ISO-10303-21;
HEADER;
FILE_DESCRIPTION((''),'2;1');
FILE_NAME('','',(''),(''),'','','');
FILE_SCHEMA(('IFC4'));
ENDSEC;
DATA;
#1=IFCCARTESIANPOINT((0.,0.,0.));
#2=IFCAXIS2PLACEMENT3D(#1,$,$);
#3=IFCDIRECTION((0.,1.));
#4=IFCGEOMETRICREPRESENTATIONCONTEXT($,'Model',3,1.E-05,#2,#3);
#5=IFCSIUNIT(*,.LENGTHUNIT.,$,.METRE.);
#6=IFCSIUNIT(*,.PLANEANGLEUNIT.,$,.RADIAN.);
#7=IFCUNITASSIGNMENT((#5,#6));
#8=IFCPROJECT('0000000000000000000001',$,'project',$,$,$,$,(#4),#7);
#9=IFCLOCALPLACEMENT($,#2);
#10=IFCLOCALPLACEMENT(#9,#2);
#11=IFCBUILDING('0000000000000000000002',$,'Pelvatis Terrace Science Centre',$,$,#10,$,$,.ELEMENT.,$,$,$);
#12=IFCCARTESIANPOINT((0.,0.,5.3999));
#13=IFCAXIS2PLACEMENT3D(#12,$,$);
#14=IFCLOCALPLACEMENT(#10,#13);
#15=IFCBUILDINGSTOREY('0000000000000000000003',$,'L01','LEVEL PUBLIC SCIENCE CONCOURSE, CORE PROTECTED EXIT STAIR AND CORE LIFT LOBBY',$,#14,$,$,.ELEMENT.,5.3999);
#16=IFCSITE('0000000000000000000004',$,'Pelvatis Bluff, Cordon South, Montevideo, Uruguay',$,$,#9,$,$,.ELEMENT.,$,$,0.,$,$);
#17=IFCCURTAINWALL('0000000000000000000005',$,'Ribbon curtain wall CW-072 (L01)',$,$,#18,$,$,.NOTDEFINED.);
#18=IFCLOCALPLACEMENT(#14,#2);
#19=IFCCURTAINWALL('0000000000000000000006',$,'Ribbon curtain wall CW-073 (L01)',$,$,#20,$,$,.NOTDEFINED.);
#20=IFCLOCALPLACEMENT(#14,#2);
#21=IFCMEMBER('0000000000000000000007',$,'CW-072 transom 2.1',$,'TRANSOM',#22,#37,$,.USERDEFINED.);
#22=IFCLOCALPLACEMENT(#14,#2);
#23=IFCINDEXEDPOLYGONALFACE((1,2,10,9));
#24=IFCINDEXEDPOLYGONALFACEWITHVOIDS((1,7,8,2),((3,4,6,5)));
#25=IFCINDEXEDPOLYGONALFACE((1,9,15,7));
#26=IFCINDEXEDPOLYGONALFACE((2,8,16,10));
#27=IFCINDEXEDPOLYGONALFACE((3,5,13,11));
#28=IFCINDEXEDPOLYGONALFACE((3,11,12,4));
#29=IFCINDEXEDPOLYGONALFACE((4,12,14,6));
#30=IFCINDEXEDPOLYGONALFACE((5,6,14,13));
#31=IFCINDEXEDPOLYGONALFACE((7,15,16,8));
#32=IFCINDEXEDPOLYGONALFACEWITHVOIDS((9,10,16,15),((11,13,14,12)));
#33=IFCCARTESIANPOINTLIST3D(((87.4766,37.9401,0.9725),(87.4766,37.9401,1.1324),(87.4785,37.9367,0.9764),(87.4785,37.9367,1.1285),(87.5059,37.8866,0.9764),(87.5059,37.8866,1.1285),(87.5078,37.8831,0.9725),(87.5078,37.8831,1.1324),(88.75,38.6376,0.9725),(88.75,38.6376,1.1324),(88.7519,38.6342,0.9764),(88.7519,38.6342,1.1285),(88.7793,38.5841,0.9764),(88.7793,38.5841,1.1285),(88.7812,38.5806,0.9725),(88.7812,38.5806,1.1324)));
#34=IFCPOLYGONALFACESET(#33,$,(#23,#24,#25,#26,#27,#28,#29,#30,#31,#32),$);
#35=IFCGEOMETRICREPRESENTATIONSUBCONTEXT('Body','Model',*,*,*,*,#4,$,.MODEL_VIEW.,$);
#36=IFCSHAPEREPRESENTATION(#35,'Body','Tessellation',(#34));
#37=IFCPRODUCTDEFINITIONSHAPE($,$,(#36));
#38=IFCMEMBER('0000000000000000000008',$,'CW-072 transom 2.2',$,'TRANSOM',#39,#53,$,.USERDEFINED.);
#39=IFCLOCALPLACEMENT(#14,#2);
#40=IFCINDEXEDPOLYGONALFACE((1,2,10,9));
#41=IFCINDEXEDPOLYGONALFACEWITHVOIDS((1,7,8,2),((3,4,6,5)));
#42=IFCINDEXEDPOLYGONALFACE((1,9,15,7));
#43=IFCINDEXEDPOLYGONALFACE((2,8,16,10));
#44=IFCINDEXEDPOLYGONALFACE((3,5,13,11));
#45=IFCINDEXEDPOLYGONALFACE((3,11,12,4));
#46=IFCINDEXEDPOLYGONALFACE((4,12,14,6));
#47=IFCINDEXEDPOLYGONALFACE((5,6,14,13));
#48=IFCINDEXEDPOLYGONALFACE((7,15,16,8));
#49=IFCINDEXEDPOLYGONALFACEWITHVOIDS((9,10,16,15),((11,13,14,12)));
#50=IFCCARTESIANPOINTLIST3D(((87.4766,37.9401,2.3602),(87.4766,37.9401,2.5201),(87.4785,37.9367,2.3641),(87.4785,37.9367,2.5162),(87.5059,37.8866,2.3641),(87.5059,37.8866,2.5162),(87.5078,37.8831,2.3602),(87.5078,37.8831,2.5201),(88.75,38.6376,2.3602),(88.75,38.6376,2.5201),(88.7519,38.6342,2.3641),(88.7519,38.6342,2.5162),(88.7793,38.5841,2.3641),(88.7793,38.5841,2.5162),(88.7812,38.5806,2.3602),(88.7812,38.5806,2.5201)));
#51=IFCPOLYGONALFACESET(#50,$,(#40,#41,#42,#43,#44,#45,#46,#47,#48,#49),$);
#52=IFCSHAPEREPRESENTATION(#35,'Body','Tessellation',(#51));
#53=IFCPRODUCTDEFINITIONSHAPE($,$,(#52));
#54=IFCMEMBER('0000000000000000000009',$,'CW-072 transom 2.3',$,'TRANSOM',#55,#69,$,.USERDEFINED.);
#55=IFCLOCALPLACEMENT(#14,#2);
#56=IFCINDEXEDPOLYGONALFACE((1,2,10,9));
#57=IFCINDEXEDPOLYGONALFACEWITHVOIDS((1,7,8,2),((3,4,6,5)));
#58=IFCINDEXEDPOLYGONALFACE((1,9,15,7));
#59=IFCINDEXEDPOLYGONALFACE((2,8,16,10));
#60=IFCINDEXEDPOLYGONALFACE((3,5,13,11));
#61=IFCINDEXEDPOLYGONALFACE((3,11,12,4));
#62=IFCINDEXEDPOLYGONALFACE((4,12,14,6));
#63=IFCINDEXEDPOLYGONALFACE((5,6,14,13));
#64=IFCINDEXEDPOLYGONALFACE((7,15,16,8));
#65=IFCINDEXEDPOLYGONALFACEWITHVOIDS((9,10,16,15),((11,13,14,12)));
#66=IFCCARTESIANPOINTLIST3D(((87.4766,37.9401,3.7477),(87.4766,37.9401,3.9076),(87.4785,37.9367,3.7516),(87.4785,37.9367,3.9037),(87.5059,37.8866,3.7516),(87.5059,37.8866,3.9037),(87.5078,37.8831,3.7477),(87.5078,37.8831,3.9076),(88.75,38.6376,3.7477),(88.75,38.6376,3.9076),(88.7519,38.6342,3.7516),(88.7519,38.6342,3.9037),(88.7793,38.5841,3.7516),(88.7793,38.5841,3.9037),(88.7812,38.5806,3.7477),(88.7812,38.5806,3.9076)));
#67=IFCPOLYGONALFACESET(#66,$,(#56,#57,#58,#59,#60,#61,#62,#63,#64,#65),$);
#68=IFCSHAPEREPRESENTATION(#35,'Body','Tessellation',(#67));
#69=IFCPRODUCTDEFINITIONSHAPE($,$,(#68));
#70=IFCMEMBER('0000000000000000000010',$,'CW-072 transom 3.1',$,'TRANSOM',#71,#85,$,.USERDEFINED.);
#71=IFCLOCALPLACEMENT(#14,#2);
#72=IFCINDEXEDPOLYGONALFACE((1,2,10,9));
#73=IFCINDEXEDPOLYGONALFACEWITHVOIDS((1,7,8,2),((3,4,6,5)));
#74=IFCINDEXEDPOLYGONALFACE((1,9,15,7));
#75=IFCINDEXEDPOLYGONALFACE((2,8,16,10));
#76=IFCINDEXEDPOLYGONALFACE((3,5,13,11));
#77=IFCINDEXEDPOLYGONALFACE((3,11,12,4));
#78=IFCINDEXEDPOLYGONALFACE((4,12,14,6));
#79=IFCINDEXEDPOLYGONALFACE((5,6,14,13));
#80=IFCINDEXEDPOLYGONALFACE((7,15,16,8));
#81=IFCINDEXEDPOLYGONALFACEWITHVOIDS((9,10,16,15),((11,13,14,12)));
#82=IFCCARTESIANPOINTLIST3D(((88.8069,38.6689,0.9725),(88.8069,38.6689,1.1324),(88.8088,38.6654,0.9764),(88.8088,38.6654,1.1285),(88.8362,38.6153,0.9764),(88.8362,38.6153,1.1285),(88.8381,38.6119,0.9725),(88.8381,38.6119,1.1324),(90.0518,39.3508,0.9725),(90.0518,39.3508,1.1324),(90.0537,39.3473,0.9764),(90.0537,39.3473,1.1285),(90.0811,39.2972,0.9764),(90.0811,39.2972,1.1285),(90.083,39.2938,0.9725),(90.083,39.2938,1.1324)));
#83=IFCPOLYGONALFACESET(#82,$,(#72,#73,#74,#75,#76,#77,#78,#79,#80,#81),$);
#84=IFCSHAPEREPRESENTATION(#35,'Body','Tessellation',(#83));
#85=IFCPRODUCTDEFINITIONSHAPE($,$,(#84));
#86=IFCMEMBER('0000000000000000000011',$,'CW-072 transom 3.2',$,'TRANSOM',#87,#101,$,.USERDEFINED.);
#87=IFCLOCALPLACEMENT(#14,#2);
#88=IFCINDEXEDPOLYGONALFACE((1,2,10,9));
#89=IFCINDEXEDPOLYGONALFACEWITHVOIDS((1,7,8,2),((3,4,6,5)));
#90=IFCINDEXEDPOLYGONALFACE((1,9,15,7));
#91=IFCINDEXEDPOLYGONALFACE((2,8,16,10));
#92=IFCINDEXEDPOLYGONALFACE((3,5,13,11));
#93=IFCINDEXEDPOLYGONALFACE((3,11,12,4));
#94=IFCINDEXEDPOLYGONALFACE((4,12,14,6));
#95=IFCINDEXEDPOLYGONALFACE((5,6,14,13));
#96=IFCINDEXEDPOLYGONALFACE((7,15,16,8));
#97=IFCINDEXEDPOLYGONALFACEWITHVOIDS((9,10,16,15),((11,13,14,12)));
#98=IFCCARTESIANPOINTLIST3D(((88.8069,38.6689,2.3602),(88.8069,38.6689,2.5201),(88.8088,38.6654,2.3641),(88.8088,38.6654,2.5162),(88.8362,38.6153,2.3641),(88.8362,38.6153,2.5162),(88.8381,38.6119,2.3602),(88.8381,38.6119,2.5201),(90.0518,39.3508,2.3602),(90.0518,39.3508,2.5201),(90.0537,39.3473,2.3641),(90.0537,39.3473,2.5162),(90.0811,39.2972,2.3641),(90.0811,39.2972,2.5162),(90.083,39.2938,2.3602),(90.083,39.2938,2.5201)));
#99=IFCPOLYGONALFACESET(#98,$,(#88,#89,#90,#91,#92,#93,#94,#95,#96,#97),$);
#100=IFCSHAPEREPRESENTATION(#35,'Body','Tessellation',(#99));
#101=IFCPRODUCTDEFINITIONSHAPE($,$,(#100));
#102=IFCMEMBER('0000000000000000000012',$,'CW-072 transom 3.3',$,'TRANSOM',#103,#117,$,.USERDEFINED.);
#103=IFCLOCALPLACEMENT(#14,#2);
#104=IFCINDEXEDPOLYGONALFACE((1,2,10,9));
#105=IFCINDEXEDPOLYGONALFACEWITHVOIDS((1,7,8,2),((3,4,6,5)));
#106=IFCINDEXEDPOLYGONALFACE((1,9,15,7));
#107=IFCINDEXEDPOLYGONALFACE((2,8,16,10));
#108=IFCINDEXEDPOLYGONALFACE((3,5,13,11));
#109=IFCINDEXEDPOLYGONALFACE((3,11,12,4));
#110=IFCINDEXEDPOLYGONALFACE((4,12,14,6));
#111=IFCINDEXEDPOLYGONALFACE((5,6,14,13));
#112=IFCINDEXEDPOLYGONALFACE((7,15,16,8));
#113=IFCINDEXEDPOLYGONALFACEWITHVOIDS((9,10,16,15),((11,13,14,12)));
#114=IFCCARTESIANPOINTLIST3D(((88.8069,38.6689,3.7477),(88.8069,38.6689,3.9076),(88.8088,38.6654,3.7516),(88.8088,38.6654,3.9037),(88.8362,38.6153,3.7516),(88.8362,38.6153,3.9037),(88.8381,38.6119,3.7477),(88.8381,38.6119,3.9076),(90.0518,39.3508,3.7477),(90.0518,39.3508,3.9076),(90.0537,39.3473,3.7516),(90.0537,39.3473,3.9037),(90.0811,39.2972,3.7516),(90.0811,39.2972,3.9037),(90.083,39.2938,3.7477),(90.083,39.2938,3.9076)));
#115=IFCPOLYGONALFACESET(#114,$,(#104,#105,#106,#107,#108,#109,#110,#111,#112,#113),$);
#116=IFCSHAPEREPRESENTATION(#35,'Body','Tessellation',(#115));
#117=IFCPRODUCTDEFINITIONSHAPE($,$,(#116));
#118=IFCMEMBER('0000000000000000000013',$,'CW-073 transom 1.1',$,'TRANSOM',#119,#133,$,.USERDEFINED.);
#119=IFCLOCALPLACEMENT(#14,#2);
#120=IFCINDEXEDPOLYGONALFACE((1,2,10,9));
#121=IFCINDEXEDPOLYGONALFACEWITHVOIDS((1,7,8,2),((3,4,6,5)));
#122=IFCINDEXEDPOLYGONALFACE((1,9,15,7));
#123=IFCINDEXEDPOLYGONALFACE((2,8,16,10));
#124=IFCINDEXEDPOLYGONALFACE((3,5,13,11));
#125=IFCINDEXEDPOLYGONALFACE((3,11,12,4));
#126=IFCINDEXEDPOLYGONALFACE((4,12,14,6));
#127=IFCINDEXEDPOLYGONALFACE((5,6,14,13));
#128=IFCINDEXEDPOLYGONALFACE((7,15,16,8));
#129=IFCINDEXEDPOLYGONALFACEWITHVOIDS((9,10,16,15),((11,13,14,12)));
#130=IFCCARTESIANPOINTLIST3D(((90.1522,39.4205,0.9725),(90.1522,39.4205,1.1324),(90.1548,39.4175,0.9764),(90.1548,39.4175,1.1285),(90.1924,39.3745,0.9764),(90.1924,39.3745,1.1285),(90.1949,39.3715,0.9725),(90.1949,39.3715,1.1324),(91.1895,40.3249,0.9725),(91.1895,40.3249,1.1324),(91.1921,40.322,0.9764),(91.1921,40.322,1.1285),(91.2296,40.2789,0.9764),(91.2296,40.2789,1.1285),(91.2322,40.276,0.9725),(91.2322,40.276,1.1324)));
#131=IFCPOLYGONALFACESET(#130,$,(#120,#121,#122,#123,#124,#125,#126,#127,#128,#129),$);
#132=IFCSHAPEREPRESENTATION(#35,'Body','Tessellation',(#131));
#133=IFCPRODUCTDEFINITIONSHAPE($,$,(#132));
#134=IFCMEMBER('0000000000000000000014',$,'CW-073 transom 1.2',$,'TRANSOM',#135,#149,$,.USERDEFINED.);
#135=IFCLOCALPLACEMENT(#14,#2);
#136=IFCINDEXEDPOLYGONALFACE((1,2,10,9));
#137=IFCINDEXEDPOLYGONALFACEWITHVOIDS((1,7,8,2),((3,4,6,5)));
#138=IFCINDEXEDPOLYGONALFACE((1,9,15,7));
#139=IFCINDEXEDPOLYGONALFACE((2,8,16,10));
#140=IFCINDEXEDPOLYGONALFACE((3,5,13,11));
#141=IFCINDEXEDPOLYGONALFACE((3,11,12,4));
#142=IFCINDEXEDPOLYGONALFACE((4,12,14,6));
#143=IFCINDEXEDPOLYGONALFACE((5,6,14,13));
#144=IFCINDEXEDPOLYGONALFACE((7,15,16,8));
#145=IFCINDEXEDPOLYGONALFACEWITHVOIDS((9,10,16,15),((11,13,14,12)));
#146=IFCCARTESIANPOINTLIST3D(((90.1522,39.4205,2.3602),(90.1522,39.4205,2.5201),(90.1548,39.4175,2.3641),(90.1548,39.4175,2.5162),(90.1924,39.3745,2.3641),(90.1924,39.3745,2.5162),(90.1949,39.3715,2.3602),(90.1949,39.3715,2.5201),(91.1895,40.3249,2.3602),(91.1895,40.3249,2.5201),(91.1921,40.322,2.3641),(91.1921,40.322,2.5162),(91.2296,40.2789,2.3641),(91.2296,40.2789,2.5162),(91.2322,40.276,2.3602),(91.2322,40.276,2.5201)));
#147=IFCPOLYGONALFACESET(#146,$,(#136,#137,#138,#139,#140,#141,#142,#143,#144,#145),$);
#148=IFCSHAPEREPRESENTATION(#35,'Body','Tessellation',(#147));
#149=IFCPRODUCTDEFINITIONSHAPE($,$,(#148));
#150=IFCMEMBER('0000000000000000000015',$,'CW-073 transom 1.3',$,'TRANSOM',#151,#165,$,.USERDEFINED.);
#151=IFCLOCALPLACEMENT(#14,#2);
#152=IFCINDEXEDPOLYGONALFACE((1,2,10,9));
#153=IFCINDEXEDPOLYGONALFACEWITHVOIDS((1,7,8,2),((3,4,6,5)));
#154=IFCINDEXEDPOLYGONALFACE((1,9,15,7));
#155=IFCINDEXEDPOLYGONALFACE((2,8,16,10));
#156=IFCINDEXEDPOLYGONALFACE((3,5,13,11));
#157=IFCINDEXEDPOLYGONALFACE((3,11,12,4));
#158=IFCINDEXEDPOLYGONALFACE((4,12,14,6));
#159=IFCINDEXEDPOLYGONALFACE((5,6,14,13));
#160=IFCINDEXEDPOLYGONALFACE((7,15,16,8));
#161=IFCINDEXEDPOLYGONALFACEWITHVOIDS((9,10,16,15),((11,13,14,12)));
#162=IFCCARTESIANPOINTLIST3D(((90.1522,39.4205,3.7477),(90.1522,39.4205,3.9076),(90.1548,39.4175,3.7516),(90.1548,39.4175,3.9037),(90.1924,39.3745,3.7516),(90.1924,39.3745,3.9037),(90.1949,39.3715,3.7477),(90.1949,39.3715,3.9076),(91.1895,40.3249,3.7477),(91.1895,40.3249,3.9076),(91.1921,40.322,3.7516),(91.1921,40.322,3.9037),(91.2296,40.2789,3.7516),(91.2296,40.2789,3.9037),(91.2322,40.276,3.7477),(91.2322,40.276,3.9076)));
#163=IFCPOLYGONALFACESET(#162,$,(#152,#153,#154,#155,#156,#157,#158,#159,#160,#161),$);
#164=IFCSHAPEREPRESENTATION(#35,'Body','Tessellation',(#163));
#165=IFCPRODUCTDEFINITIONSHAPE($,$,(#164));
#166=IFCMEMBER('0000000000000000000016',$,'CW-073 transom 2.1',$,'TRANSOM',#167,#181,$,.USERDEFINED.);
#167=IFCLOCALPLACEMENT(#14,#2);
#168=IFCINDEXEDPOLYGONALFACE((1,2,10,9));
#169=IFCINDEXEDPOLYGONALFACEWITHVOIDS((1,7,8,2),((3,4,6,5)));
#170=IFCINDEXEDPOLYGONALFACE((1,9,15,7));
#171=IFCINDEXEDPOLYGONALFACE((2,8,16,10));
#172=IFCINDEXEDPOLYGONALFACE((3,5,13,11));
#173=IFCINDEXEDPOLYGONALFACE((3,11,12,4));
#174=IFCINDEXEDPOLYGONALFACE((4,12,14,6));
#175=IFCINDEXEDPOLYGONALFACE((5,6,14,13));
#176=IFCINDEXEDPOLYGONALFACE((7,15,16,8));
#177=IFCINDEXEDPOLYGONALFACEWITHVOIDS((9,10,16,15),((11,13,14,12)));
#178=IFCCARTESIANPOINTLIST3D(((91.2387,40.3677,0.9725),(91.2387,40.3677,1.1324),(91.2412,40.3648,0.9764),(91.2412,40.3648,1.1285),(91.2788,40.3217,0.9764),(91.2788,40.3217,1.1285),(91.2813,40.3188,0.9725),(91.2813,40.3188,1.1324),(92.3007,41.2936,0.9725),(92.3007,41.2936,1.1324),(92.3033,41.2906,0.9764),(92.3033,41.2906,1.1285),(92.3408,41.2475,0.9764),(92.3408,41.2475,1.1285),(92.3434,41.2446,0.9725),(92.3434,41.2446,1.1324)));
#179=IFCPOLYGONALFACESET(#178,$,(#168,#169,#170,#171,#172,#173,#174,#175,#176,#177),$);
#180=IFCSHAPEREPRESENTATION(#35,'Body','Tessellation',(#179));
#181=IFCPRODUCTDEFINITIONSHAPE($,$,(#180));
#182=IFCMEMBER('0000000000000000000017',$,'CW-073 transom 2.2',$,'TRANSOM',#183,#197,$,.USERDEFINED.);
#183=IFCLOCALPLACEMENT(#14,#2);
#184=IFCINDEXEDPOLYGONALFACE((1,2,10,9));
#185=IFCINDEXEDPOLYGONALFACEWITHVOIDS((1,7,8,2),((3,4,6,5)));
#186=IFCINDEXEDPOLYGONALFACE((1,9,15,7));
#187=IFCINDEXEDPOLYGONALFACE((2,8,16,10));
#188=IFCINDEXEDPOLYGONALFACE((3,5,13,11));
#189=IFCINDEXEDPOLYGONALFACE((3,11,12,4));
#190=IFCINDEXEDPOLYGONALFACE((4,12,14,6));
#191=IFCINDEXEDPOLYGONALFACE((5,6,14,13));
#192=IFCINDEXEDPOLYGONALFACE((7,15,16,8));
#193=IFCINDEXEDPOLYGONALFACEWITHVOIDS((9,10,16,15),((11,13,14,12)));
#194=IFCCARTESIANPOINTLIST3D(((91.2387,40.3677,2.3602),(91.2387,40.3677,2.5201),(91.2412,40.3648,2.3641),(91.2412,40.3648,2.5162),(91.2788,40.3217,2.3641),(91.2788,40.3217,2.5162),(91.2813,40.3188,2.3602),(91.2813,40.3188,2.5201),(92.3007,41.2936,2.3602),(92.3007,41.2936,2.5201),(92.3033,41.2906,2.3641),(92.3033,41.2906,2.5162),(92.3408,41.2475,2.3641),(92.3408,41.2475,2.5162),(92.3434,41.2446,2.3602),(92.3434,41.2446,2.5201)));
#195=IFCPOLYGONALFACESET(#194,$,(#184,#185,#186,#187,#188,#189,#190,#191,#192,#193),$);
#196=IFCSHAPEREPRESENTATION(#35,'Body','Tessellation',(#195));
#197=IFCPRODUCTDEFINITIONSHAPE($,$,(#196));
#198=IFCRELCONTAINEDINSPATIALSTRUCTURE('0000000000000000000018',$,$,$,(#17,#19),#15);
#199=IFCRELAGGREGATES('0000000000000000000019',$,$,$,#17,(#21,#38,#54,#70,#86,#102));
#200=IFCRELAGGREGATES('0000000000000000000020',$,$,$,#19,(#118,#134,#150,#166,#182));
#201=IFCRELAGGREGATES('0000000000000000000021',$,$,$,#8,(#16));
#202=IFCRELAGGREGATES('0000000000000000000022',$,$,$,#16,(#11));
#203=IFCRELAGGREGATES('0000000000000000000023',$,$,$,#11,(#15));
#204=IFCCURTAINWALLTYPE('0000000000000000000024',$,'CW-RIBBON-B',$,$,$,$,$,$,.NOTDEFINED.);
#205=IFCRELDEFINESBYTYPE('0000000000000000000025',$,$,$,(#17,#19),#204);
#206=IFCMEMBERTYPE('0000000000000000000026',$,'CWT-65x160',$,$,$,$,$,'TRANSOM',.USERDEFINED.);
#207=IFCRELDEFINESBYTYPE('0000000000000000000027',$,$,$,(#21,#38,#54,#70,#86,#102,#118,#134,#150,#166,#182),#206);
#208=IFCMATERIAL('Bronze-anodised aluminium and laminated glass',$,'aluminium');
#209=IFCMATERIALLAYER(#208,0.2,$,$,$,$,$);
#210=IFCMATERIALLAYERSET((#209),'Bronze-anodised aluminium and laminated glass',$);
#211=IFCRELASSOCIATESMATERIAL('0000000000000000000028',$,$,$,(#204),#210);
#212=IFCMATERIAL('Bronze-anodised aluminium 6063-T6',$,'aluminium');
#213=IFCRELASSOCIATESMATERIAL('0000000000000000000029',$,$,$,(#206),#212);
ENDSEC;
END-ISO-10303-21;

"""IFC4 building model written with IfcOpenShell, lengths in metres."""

from ifc_helpers import new_model, si_unit, direction, frame, origin, origin_2d, place, context, subcontext, project, spatial, hollow_rectangle, extrude, material, layer, layer_set, material_profile, profile_set, type_object, element, aggregate, save


model = new_model("IFC4")

# Units and contexts
model_context = context("Model", 3, precision=1e-05, world=origin(), true_north=direction((0.0, 1.0)))
body_context = subcontext(model_context, "Body", "Model", "MODEL_VIEW")
ifc_project = project(units=[si_unit("LENGTHUNIT", "METRE"), si_unit("PLANEANGLEUNIT", "RADIAN")], contexts=[model_context])

# Site, building, storey
site_placement = place(None, origin())
site = spatial("IfcSite", under=ifc_project, at=site_placement, Name="Pelvatis Bluff, Cordon South, Montevideo, Uruguay", CompositionType="ELEMENT", RefElevation=0.0)
building_placement = place(site_placement, origin())
building = spatial("IfcBuilding", under=site, at=building_placement, Name="Pelvatis Terrace Science Centre", CompositionType="ELEMENT")
storey_placement = place(building_placement, frame((0.0, 0.0, 5.3999)))
storey = spatial("IfcBuildingStorey", under=building, at=storey_placement, Name="L01", Description="LEVEL PUBLIC SCIENCE CONCOURSE, CORE PROTECTED EXIT STAIR AND CORE LIFT LOBBY", CompositionType="ELEMENT", Elevation=5.3999)

# Curtain walls
ifc_material_1 = material(Name="Bronze-anodised aluminium and laminated glass", Category="aluminium")
ifc_layer_1 = layer(ifc_material_1, 0.2)
ifc_layer_set_1 = layer_set([ifc_layer_1], Name="Bronze-anodised aluminium and laminated glass")
curtain_wall_type = type_object("IfcCurtainWallType", Name="CW-RIBBON-B", PredefinedType="NOTDEFINED", material=ifc_layer_set_1)
curtain_wall_1_placement = place(storey_placement, origin())
curtain_wall_1 = element("IfcCurtainWall", 1, at=curtain_wall_1_placement, inside=storey, type_object=curtain_wall_type, Name="Ribbon curtain wall CW-072 (L01)", PredefinedType="NOTDEFINED")
curtain_wall_2_placement = place(storey_placement, origin())
curtain_wall_2 = element("IfcCurtainWall", 2, at=curtain_wall_2_placement, inside=storey, type_object=curtain_wall_type, Name="Ribbon curtain wall CW-073 (L01)", PredefinedType="NOTDEFINED")

# Members
ifc_material_2 = material(Name="Bronze-anodised aluminium 6063-T6", Category="aluminium")
ifc_material_profile_1 = material_profile(ifc_material_2, hollow_rectangle(XDim=0.0649, YDim=0.1599, WallThickness=0.0039, at=origin_2d()), Name="ALU-TRN 65x160")
ifc_profile_set_1 = profile_set([ifc_material_profile_1], Name="Bronze-anodised aluminium 6063-T6")
member_type_1 = type_object("IfcMemberType", Name="CWT-65x160", ElementType="TRANSOM", PredefinedType="USERDEFINED", material=ifc_profile_set_1)
member_1_placement = place(storey_placement, frame((87.4922, 37.9116, 1.0525), z_axis=(0.877052, 0.480395, 0.0), x_axis=(-0.480395, 0.877052, 0.0)))
member_1 = element("IfcMember", 3, at=member_1_placement, type_object=member_type_1, Name="CW-072 transom 2.1", ObjectType="TRANSOM", PredefinedType="USERDEFINED", context=body_context, shape_type="SweptSolid", body=[
    extrude(hollow_rectangle(XDim=0.0649, YDim=0.1599, WallThickness=0.0039, at=origin_2d()), origin(), (0.0, 0.0, 1.0), 1.4519),
])
member_2_placement = place(storey_placement, frame((87.4922, 37.9116, 2.4402), z_axis=(0.877052, 0.480395, 0.0), x_axis=(-0.480395, 0.877052, 0.0)))
member_2 = element("IfcMember", 4, at=member_2_placement, type_object=member_type_1, Name="CW-072 transom 2.2", ObjectType="TRANSOM", PredefinedType="USERDEFINED", context=body_context, shape_type="SweptSolid", body=[
    extrude(hollow_rectangle(XDim=0.0649, YDim=0.1599, WallThickness=0.0039, at=origin_2d()), origin(), (0.0, 0.0, 1.0), 1.4519),
])
member_3_placement = place(storey_placement, frame((87.4922, 37.9116, 3.8276), z_axis=(0.877052, 0.480395, 0.0), x_axis=(-0.480395, 0.877052, 0.0)))
member_3 = element("IfcMember", 5, at=member_3_placement, type_object=member_type_1, Name="CW-072 transom 2.3", ObjectType="TRANSOM", PredefinedType="USERDEFINED", context=body_context, shape_type="SweptSolid", body=[
    extrude(hollow_rectangle(XDim=0.0649, YDim=0.1599, WallThickness=0.0039, at=origin_2d()), origin(), (0.0, 0.0, 1.0), 1.4519),
])
member_4_placement = place(storey_placement, frame((88.8225, 38.6404, 1.0525), z_axis=(0.877046, 0.480406, 0.0), x_axis=(-0.480406, 0.877046, 0.0)))
member_4 = element("IfcMember", 6, at=member_4_placement, type_object=member_type_1, Name="CW-072 transom 3.1", ObjectType="TRANSOM", PredefinedType="USERDEFINED", context=body_context, shape_type="SweptSolid", body=[
    extrude(hollow_rectangle(XDim=0.0649, YDim=0.1599, WallThickness=0.0039, at=origin_2d()), origin(), (0.0, 0.0, 1.0), 1.4194),
])
member_5_placement = place(storey_placement, frame((88.8225, 38.6404, 2.4402), z_axis=(0.877046, 0.480406, 0.0), x_axis=(-0.480406, 0.877046, 0.0)))
member_5 = element("IfcMember", 7, at=member_5_placement, type_object=member_type_1, Name="CW-072 transom 3.2", ObjectType="TRANSOM", PredefinedType="USERDEFINED", context=body_context, shape_type="SweptSolid", body=[
    extrude(hollow_rectangle(XDim=0.0649, YDim=0.1599, WallThickness=0.0039, at=origin_2d()), origin(), (0.0, 0.0, 1.0), 1.4194),
])
member_6_placement = place(storey_placement, frame((88.8225, 38.6404, 3.8276), z_axis=(0.877046, 0.480406, 0.0), x_axis=(-0.480406, 0.877046, 0.0)))
member_6 = element("IfcMember", 8, at=member_6_placement, type_object=member_type_1, Name="CW-072 transom 3.3", ObjectType="TRANSOM", PredefinedType="USERDEFINED", context=body_context, shape_type="SweptSolid", body=[
    extrude(hollow_rectangle(XDim=0.0649, YDim=0.1599, WallThickness=0.0039, at=origin_2d()), origin(), (0.0, 0.0, 1.0), 1.4194),
])
member_7_placement = place(storey_placement, frame((90.1736, 39.396, 1.0525), z_axis=(0.753707, 0.65721, 0.0), x_axis=(-0.65721, 0.753707, 0.0)))
member_7 = element("IfcMember", 9, at=member_7_placement, type_object=member_type_1, Name="CW-073 transom 1.1", ObjectType="TRANSOM", PredefinedType="USERDEFINED", context=body_context, shape_type="SweptSolid", body=[
    extrude(hollow_rectangle(XDim=0.0649, YDim=0.1599, WallThickness=0.0039, at=origin_2d()), origin(), (0.0, 0.0, 1.0), 1.3762),
])
member_8_placement = place(storey_placement, frame((90.1736, 39.396, 2.4402), z_axis=(0.753707, 0.65721, 0.0), x_axis=(-0.65721, 0.753707, 0.0)))
member_8 = element("IfcMember", 10, at=member_8_placement, type_object=member_type_1, Name="CW-073 transom 1.2", ObjectType="TRANSOM", PredefinedType="USERDEFINED", context=body_context, shape_type="SweptSolid", body=[
    extrude(hollow_rectangle(XDim=0.0649, YDim=0.1599, WallThickness=0.0039, at=origin_2d()), origin(), (0.0, 0.0, 1.0), 1.3762),
])
member_9_placement = place(storey_placement, frame((90.1736, 39.396, 3.8276), z_axis=(0.753707, 0.65721, 0.0), x_axis=(-0.65721, 0.753707, 0.0)))
member_9 = element("IfcMember", 11, at=member_9_placement, type_object=member_type_1, Name="CW-073 transom 1.3", ObjectType="TRANSOM", PredefinedType="USERDEFINED", context=body_context, shape_type="SweptSolid", body=[
    extrude(hollow_rectangle(XDim=0.0649, YDim=0.1599, WallThickness=0.0039, at=origin_2d()), origin(), (0.0, 0.0, 1.0), 1.3762),
])
member_10_placement = place(storey_placement, frame((91.26, 40.3433, 1.0525), z_axis=(0.753799, 0.657105, 0.0), x_axis=(-0.657105, 0.753799, 0.0)))
member_10 = element("IfcMember", 12, at=member_10_placement, type_object=member_type_1, Name="CW-073 transom 2.1", ObjectType="TRANSOM", PredefinedType="USERDEFINED", context=body_context, shape_type="SweptSolid", body=[
    extrude(hollow_rectangle(XDim=0.0649, YDim=0.1599, WallThickness=0.0039, at=origin_2d()), origin(), (0.0, 0.0, 1.0), 1.4089),
])
member_11_placement = place(storey_placement, frame((91.26, 40.3433, 2.4402), z_axis=(0.753799, 0.657105, 0.0), x_axis=(-0.657105, 0.753799, 0.0)))
member_11 = element("IfcMember", 13, at=member_11_placement, type_object=member_type_1, Name="CW-073 transom 2.2", ObjectType="TRANSOM", PredefinedType="USERDEFINED", context=body_context, shape_type="SweptSolid", body=[
    extrude(hollow_rectangle(XDim=0.0649, YDim=0.1599, WallThickness=0.0039, at=origin_2d()), origin(), (0.0, 0.0, 1.0), 1.4089),
])

aggregate(curtain_wall_1, [member_1, member_2, member_3, member_4, member_5, member_6])
aggregate(curtain_wall_2, [member_7, member_8, member_9, member_10, member_11])

save(model, "model.ifc")
